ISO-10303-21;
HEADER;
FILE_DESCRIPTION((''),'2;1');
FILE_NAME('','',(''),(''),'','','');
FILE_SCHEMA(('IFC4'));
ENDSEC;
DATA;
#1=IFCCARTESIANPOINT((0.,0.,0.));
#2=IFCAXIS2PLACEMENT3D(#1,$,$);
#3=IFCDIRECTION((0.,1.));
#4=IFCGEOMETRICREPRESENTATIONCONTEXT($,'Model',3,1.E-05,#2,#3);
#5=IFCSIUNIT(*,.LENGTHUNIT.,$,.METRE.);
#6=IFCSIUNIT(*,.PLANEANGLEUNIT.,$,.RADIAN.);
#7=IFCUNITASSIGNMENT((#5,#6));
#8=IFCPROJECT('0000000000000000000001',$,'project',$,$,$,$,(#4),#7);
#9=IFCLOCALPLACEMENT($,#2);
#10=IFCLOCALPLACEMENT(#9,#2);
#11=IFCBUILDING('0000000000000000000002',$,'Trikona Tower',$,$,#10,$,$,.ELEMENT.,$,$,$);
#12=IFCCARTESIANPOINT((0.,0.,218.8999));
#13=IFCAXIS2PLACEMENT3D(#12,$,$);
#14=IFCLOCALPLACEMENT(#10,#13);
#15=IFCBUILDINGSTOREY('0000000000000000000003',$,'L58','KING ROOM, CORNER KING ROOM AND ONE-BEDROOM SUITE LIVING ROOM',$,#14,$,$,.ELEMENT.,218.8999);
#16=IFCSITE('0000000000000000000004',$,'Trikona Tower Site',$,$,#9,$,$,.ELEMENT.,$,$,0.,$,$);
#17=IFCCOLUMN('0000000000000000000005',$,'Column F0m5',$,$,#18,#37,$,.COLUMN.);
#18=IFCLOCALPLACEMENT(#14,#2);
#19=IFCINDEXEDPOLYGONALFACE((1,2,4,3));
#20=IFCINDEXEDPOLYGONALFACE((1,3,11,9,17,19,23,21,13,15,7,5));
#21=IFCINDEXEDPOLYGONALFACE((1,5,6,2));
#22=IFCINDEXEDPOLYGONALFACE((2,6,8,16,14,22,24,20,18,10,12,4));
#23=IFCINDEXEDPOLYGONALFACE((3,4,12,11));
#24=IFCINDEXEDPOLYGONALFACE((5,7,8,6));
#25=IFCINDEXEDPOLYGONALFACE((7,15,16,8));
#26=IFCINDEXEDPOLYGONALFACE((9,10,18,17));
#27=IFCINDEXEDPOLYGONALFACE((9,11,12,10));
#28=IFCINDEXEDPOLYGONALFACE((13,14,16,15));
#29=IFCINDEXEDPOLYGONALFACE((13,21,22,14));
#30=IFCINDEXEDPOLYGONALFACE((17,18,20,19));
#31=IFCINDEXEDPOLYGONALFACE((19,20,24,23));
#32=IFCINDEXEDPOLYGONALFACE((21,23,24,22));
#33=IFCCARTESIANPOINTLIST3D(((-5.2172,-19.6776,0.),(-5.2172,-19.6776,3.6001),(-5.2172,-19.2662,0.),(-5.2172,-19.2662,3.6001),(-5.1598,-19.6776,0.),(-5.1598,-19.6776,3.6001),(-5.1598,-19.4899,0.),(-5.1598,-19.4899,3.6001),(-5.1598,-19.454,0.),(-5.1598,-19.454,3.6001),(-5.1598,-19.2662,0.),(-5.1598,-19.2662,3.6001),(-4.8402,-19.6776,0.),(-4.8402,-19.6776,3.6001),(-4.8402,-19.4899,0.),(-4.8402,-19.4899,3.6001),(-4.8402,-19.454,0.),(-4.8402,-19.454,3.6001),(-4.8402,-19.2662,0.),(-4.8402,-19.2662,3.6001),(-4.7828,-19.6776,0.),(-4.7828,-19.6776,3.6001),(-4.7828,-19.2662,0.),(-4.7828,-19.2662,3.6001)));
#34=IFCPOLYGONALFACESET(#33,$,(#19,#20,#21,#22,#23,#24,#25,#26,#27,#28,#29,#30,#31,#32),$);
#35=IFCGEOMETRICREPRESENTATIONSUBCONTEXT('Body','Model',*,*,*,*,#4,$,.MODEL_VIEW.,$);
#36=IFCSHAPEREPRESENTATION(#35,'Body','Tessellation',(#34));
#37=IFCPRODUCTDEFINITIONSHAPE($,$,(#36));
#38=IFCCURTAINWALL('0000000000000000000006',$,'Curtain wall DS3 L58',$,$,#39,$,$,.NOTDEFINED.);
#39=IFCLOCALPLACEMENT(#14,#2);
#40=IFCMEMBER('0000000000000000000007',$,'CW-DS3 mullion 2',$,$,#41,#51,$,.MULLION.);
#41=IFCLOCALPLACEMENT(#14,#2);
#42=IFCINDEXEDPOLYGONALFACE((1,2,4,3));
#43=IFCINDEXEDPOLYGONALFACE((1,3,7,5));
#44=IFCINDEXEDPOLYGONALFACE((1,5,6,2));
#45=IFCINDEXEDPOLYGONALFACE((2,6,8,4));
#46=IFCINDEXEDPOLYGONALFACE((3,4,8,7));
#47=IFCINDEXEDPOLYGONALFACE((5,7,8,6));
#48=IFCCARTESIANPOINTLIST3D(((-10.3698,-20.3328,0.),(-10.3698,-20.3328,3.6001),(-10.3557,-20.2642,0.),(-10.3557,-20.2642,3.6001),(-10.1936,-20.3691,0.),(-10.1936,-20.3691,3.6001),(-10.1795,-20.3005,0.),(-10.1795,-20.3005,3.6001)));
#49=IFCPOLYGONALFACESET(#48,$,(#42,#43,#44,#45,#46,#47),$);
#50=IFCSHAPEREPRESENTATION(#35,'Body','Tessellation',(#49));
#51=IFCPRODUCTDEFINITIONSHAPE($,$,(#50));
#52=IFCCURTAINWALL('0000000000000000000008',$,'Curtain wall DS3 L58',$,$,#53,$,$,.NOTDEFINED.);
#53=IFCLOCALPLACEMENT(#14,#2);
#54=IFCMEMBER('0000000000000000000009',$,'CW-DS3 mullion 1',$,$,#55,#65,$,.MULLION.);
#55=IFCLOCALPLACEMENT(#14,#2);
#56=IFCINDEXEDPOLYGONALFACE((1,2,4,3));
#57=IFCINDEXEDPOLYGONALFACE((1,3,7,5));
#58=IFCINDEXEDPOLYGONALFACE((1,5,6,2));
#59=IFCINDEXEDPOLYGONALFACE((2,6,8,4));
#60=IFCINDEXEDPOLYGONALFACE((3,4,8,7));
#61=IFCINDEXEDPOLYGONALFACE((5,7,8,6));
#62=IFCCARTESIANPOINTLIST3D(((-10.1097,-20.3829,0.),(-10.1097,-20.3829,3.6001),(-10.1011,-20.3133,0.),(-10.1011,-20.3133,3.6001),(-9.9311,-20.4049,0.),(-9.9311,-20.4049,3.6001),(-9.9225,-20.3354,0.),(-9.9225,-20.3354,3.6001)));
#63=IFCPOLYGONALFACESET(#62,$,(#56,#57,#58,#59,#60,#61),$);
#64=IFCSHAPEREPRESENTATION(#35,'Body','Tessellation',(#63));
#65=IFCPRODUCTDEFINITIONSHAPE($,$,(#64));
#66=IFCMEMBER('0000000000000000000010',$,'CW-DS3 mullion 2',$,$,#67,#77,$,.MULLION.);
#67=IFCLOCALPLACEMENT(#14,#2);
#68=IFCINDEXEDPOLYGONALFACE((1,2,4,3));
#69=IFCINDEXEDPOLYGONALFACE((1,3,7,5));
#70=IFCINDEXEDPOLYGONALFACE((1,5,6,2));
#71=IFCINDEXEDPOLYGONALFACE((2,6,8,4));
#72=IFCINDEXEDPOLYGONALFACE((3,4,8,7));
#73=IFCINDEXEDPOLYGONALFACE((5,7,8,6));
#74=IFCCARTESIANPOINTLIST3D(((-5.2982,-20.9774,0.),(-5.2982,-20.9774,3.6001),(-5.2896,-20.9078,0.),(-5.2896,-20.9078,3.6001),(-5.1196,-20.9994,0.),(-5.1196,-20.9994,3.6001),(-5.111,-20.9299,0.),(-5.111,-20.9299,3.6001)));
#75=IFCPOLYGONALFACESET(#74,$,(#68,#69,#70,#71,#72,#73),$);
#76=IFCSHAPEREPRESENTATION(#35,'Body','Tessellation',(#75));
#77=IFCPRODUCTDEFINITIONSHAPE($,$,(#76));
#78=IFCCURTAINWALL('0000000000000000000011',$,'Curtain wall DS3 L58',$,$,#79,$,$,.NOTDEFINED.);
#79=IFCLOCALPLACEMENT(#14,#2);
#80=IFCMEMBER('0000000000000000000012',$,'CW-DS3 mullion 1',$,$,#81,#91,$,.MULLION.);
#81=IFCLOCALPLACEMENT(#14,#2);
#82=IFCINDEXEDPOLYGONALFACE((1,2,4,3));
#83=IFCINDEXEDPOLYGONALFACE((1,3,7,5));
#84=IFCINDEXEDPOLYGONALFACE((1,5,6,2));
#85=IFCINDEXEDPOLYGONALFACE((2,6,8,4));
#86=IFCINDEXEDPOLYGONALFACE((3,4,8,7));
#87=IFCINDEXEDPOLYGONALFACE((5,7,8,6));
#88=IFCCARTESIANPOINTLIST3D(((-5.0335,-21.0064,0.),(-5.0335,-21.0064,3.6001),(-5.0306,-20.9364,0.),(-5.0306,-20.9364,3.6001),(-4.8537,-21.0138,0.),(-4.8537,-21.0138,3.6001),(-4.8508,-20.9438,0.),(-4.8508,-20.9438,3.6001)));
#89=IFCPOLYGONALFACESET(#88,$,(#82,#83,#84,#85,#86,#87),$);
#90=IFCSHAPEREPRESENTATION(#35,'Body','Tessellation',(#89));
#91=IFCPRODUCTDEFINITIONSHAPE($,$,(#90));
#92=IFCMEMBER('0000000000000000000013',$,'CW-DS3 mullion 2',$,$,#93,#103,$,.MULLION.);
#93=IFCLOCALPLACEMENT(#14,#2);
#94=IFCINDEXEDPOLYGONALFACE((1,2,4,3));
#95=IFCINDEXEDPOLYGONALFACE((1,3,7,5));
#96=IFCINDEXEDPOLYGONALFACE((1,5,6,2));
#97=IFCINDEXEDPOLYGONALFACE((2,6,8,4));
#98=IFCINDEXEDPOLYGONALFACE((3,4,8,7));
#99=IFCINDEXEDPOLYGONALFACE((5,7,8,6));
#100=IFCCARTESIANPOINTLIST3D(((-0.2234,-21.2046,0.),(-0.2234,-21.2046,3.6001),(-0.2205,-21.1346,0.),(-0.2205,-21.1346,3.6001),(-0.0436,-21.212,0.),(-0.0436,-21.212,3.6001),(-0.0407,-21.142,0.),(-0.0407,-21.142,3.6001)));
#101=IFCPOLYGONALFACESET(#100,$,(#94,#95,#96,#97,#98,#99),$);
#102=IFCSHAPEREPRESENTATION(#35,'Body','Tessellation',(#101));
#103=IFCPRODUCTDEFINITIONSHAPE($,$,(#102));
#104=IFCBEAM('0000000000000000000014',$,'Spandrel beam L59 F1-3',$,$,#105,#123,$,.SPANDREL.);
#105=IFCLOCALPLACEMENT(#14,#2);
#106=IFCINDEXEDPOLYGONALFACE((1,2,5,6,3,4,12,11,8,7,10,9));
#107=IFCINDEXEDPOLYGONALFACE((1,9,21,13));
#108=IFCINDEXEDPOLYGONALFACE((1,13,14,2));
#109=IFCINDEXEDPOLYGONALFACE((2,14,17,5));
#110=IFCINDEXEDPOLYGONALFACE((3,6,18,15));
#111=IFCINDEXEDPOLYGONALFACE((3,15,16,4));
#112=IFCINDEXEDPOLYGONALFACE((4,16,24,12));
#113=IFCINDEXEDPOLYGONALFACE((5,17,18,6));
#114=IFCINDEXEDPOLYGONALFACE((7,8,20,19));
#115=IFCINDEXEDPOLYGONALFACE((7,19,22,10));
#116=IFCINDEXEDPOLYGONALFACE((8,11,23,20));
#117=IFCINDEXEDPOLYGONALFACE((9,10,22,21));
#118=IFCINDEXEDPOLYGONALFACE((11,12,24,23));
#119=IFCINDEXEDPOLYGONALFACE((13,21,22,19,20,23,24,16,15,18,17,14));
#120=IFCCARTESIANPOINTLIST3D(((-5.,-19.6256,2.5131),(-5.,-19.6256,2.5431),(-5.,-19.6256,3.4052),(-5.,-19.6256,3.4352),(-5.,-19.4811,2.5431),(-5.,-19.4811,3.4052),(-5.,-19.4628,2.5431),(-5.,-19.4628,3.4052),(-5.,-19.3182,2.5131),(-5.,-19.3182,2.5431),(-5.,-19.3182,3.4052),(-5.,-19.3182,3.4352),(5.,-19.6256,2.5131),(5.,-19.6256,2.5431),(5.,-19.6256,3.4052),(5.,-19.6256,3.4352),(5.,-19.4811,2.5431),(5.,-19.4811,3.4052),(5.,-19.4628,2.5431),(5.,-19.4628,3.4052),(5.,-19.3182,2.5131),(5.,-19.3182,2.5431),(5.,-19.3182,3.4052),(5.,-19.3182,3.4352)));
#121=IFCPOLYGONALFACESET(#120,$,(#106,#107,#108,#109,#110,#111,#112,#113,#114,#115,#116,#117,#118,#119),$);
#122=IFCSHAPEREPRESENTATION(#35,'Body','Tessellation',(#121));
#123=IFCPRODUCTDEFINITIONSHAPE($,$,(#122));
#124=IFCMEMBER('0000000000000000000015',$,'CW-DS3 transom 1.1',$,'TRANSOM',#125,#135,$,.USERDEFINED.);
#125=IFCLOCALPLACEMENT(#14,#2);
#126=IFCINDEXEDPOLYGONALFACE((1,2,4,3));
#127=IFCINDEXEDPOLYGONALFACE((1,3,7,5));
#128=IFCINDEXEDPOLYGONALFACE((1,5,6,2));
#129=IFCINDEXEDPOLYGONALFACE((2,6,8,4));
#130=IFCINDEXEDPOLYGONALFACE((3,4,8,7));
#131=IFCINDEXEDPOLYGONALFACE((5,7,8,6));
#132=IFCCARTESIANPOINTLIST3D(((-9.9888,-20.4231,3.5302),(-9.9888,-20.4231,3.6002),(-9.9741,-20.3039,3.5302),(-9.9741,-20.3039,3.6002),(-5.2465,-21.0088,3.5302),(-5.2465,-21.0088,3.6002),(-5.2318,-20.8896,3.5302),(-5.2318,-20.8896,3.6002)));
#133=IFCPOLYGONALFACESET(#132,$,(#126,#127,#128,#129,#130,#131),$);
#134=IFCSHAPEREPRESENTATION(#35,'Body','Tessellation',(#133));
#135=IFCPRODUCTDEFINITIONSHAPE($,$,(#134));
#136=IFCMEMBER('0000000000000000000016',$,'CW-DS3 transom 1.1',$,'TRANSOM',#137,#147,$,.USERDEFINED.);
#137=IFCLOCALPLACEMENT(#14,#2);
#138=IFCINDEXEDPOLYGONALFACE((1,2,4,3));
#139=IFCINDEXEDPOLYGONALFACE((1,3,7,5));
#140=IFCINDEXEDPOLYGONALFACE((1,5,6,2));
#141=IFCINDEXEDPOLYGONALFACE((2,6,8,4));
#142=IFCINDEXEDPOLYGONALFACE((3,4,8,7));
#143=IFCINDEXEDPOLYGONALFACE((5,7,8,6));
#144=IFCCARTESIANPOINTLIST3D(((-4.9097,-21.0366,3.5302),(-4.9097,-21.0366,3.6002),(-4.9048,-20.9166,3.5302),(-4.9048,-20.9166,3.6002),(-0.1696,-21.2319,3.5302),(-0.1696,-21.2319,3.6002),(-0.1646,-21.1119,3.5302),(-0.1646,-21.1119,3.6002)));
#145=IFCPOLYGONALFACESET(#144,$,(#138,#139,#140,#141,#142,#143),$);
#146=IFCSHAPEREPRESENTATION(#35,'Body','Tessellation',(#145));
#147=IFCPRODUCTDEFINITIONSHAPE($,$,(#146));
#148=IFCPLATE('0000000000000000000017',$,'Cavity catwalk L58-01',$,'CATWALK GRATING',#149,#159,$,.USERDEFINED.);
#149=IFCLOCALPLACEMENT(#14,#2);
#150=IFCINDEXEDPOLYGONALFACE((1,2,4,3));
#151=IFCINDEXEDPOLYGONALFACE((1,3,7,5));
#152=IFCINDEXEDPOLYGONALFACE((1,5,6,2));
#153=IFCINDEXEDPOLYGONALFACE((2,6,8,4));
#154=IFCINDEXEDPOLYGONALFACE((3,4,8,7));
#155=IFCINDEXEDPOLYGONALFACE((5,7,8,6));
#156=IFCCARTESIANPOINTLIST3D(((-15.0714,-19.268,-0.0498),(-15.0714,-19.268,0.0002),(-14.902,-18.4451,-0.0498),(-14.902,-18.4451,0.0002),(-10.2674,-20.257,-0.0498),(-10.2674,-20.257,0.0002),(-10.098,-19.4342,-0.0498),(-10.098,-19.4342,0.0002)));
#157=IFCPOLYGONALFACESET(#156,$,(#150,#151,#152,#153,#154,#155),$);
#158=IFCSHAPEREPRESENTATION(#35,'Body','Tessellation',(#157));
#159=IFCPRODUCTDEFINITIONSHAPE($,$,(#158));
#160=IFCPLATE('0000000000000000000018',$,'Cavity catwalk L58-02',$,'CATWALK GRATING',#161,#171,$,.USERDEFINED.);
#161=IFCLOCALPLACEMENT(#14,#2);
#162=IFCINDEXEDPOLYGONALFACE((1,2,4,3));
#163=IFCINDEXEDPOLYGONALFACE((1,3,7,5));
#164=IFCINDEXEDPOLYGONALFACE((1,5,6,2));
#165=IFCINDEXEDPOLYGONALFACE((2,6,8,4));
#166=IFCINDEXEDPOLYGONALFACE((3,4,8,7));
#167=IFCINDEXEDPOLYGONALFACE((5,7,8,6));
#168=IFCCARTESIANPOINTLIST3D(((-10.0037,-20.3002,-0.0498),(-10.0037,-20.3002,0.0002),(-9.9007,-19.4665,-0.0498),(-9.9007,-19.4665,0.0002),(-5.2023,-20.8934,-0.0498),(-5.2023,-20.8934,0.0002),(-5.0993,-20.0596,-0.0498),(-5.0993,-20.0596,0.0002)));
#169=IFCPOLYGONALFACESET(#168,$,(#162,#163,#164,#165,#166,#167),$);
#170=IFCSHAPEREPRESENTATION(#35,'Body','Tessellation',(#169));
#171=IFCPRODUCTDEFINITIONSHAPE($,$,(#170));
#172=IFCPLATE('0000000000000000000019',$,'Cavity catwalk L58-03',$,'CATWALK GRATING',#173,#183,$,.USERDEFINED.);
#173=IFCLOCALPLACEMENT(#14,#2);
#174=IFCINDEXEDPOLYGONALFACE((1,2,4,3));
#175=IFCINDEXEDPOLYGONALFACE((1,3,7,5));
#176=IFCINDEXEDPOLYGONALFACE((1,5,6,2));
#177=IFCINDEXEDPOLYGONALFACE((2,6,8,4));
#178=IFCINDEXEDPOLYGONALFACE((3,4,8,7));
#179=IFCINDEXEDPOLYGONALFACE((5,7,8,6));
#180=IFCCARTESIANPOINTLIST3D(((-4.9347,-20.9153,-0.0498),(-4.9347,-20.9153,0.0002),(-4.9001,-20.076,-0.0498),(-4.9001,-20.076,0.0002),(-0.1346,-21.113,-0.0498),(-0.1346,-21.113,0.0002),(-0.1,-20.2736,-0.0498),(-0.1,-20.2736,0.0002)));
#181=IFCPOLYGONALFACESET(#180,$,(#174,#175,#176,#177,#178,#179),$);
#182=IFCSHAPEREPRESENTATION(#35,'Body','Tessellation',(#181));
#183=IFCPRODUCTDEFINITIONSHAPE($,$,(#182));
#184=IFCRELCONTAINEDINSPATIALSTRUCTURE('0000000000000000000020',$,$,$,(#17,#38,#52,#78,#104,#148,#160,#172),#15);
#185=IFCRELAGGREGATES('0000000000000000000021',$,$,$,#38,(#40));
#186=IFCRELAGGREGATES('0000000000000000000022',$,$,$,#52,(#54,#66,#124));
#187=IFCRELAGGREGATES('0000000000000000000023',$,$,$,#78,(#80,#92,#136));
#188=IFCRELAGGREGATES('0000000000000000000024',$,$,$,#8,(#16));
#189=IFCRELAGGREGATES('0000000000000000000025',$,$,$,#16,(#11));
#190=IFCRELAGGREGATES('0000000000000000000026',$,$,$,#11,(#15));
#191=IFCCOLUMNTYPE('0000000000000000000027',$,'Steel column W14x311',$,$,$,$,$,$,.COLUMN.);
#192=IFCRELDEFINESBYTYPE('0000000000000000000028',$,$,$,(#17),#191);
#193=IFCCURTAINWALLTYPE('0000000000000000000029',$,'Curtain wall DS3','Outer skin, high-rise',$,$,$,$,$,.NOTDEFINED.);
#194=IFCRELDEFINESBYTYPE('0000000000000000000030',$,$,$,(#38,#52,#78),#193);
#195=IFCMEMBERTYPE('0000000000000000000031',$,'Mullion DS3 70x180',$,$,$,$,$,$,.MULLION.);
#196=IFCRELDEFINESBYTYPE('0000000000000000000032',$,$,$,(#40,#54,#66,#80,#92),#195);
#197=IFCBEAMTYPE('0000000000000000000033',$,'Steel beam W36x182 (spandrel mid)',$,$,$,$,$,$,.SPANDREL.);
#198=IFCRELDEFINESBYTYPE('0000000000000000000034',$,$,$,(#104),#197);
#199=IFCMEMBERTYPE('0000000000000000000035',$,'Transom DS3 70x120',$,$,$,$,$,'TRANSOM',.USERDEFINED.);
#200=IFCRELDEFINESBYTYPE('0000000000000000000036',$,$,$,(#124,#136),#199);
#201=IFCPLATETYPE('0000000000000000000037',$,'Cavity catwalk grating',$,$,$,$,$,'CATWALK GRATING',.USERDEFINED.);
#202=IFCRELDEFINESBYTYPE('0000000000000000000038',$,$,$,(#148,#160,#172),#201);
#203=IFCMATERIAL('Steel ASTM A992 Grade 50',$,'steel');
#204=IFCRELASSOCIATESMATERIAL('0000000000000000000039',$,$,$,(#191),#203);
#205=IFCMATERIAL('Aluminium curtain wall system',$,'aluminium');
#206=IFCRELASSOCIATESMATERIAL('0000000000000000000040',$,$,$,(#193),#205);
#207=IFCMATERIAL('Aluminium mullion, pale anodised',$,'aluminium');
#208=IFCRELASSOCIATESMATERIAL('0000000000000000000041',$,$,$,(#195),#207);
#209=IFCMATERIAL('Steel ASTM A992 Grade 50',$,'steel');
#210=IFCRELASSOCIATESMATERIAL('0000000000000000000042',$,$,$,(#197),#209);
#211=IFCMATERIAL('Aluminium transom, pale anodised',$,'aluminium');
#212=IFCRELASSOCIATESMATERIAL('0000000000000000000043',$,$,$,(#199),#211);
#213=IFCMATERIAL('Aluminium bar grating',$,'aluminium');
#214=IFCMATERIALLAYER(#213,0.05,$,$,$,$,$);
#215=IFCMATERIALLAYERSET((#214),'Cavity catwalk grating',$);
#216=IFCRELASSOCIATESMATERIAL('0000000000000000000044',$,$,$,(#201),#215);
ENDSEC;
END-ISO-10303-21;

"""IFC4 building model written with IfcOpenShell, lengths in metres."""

from ifc_helpers import new_model, si_unit, direction, frame, origin, origin_2d, place, context, subcontext, project, spatial, rectangle, i_section, extrude, material, layer, layer_set, material_profile, profile_set, type_object, element, aggregate, save


model = new_model("IFC4")

# Units and contexts
model_context = context("Model", 3, precision=1e-05, world=origin(), true_north=direction((0.0, 1.0)))
body_context = subcontext(model_context, "Body", "Model", "MODEL_VIEW")
ifc_project = project(units=[si_unit("LENGTHUNIT", "METRE"), si_unit("PLANEANGLEUNIT", "RADIAN")], contexts=[model_context])

# Site, building, storey
site_placement = place(None, origin())
site = spatial("IfcSite", under=ifc_project, at=site_placement, Name="Trikona Tower Site", CompositionType="ELEMENT", RefElevation=0.0)
building_placement = place(site_placement, origin())
building = spatial("IfcBuilding", under=site, at=building_placement, Name="Trikona Tower", CompositionType="ELEMENT")
storey_placement = place(building_placement, frame((0.0, 0.0, 218.8999)))
storey = spatial("IfcBuildingStorey", under=building, at=storey_placement, Name="L58", Description="KING ROOM, CORNER KING ROOM AND ONE-BEDROOM SUITE LIVING ROOM", CompositionType="ELEMENT", Elevation=218.8999)

# Column
ifc_material_1 = material(Name="Steel ASTM A992 Grade 50", Category="steel")
ifc_material_profile_1 = material_profile(ifc_material_1, i_section(OverallWidth=0.4114, OverallDepth=0.4343, WebThickness=0.0359, FlangeThickness=0.0574, at=origin_2d()), Name="W14X311")
ifc_profile_set_1 = profile_set([ifc_material_profile_1], Name="Steel ASTM A992 Grade 50")
column_type = type_object("IfcColumnType", Name="Steel column W14x311", PredefinedType="COLUMN", material=ifc_profile_set_1)
column_placement = place(storey_placement, frame((-5.0, -19.4719, 0.0), z_axis=(0.0, 0.0, 1.0), x_axis=(0.0, -1.0, 0.0)))
element("IfcColumn", 1, at=column_placement, inside=storey, type_object=column_type, Name="Column F0m5", PredefinedType="COLUMN", context=body_context, shape_type="SweptSolid", body=[
    extrude(i_section(OverallWidth=0.4114, OverallDepth=0.4343, WebThickness=0.0359, FlangeThickness=0.0574, at=origin_2d()), origin(), (0.0, 0.0, 1.0), 3.6001),
])

# Curtain wall, member
ifc_material_2 = material(Name="Aluminium curtain wall system", Category="aluminium")
curtain_wall_type = type_object("IfcCurtainWallType", Name="Curtain wall DS3", Description="Outer skin, high-rise", PredefinedType="NOTDEFINED", material=ifc_material_2)
curtain_wall_1_placement = place(storey_placement, origin())
curtain_wall_1 = element("IfcCurtainWall", 2, at=curtain_wall_1_placement, inside=storey, type_object=curtain_wall_type, Name="Curtain wall DS3 L58", PredefinedType="NOTDEFINED")
ifc_material_3 = material(Name="Aluminium mullion, pale anodised", Category="aluminium")
ifc_material_profile_2 = material_profile(ifc_material_3, rectangle(XDim=0.0701, YDim=0.1799, at=origin_2d()), Name="MUL-DS3")
ifc_profile_set_2 = profile_set([ifc_material_profile_2], Name="Aluminium mullion, pale anodised")
member_type_1 = type_object("IfcMemberType", Name="Mullion DS3 70x180", PredefinedType="MULLION", material=ifc_profile_set_2)
member_1_placement = place(storey_placement, frame((-10.2747, -20.3167, 0.0), z_axis=(0.0, 0.0, 1.0), x_axis=(0.201653, 0.979457, 0.0)))
member_1 = element("IfcMember", 3, at=member_1_placement, type_object=member_type_1, Name="CW-DS3 mullion 2", PredefinedType="MULLION", context=body_context, shape_type="SweptSolid", body=[
    extrude(rectangle(XDim=0.0701, YDim=0.1799, at=origin_2d()), origin(), (0.0, 0.0, 1.0), 3.6001),
])

# Curtain walls, members
curtain_wall_2_placement = place(storey_placement, origin())
curtain_wall_2 = element("IfcCurtainWall", 4, at=curtain_wall_2_placement, inside=storey, type_object=curtain_wall_type, Name="Curtain wall DS3 L58", PredefinedType="NOTDEFINED")
member_2_placement = place(storey_placement, frame((-10.0161, -20.3591, 0.0), z_axis=(0.0, 0.0, 1.0), x_axis=(0.122611, 0.992455, 0.0)))
member_2 = element("IfcMember", 5, at=member_2_placement, type_object=member_type_1, Name="CW-DS3 mullion 1", PredefinedType="MULLION", context=body_context, shape_type="SweptSolid", body=[
    extrude(rectangle(XDim=0.0701, YDim=0.1799, at=origin_2d()), origin(), (0.0, 0.0, 1.0), 3.6001),
])
member_3_placement = place(storey_placement, frame((-5.2046, -20.9536, 0.0), z_axis=(0.0, 0.0, 1.0), x_axis=(0.122611, 0.992455, 0.0)))
member_3 = element("IfcMember", 6, at=member_3_placement, type_object=member_type_1, Name="CW-DS3 mullion 2", PredefinedType="MULLION", context=body_context, shape_type="SweptSolid", body=[
    extrude(rectangle(XDim=0.0701, YDim=0.1799, at=origin_2d()), origin(), (0.0, 0.0, 1.0), 3.6001),
])
curtain_wall_3_placement = place(storey_placement, origin())
curtain_wall_3 = element("IfcCurtainWall", 7, at=curtain_wall_3_placement, inside=storey, type_object=curtain_wall_type, Name="Curtain wall DS3 L58", PredefinedType="NOTDEFINED")
member_4_placement = place(storey_placement, frame((-4.9421, -20.9751, 0.0), z_axis=(0.0, 0.0, 1.0), x_axis=(0.041153, 0.999153, 0.0)))
member_4 = element("IfcMember", 8, at=member_4_placement, type_object=member_type_1, Name="CW-DS3 mullion 1", PredefinedType="MULLION", context=body_context, shape_type="SweptSolid", body=[
    extrude(rectangle(XDim=0.0701, YDim=0.1799, at=origin_2d()), origin(), (0.0, 0.0, 1.0), 3.6001),
])
member_5_placement = place(storey_placement, frame((-0.1321, -21.1733, 0.0), z_axis=(0.0, 0.0, 1.0), x_axis=(0.041153, 0.999153, 0.0)))
member_5 = element("IfcMember", 9, at=member_5_placement, type_object=member_type_1, Name="CW-DS3 mullion 2", PredefinedType="MULLION", context=body_context, shape_type="SweptSolid", body=[
    extrude(rectangle(XDim=0.0701, YDim=0.1799, at=origin_2d()), origin(), (0.0, 0.0, 1.0), 3.6001),
])

# Beam
ifc_material_4 = material(Name="Steel ASTM A992 Grade 50", Category="steel")
ifc_material_profile_3 = material_profile(ifc_material_4, i_section(OverallWidth=0.3074, OverallDepth=0.9221, WebThickness=0.0183, FlangeThickness=0.03, at=origin_2d()), Name="W36X182")
ifc_profile_set_3 = profile_set([ifc_material_profile_3], Name="Steel ASTM A992 Grade 50")
beam_type = type_object("IfcBeamType", Name="Steel beam W36x182 (spandrel mid)", PredefinedType="SPANDREL", material=ifc_profile_set_3)
beam_placement = place(storey_placement, frame((-5.0, -19.4719, 2.9741), z_axis=(1.0, 0.0, 0.0), x_axis=(0.0, 1.0, 0.0)))
element("IfcBeam", 10, at=beam_placement, inside=storey, type_object=beam_type, Name="Spandrel beam L59 F1-3", PredefinedType="SPANDREL", context=body_context, shape_type="SweptSolid", body=[
    extrude(i_section(OverallWidth=0.3074, OverallDepth=0.9221, WebThickness=0.0183, FlangeThickness=0.03, at=origin_2d()), origin(), (0.0, 0.0, 1.0), 10.0),
])

# Members
ifc_material_5 = material(Name="Aluminium transom, pale anodised", Category="aluminium")
ifc_material_profile_4 = material_profile(ifc_material_5, rectangle(XDim=0.1201, YDim=0.0701, at=origin_2d()), Name="TRN-DS3")
ifc_profile_set_4 = profile_set([ifc_material_profile_4], Name="Aluminium transom, pale anodised")
member_type_2 = type_object("IfcMemberType", Name="Transom DS3 70x120", ElementType="TRANSOM", PredefinedType="USERDEFINED", material=ifc_profile_set_4)
member_6_placement = place(storey_placement, frame((-9.9814, -20.3635, 3.5652), z_axis=(0.992459, -0.122576, 0.0), x_axis=(0.122576, 0.992459, 0.0)))
member_6 = element("IfcMember", 11, at=member_6_placement, type_object=member_type_2, Name="CW-DS3 transom 1.1", ObjectType="TRANSOM", PredefinedType="USERDEFINED", context=body_context, shape_type="SweptSolid", body=[
    extrude(rectangle(XDim=0.1201, YDim=0.0701, at=origin_2d()), origin(), (0.0, 0.0, 1.0), 4.7783),
])
member_7_placement = place(storey_placement, frame((-4.9072, -20.9766, 3.5652), z_axis=(0.999152, -0.041168, 0.0), x_axis=(0.041168, 0.999152, 0.0)))
member_7 = element("IfcMember", 12, at=member_7_placement, type_object=member_type_2, Name="CW-DS3 transom 1.1", ObjectType="TRANSOM", PredefinedType="USERDEFINED", context=body_context, shape_type="SweptSolid", body=[
    extrude(rectangle(XDim=0.1201, YDim=0.0701, at=origin_2d()), origin(), (0.0, 0.0, 1.0), 4.7441),
])

# Plates
ifc_material_6 = material(Name="Aluminium bar grating", Category="aluminium")
ifc_layer_1 = layer(ifc_material_6, 0.05)
ifc_layer_set_1 = layer_set([ifc_layer_1], Name="Cavity catwalk grating")
plate_type_1 = type_object("IfcPlateType", Name="Cavity catwalk grating", ElementType="CATWALK GRATING", PredefinedType="USERDEFINED", material=ifc_layer_set_1)
plate_1_placement = place(storey_placement, frame((-12.5847, -19.3511, -0.0498), z_axis=(0.0, 0.0, 1.0), x_axis=(0.979458, -0.201651, 0.0)))
element("IfcPlate", 13, at=plate_1_placement, inside=storey, type_object=plate_type_1, Name="Cavity catwalk L58-01", ObjectType="CATWALK GRATING", PredefinedType="USERDEFINED", context=body_context, shape_type="SweptSolid", body=[
    extrude(rectangle(XDim=4.9048, YDim=0.8401, at=origin_2d()), origin(), (0.0, 0.0, 1.0), 0.05),
])
plate_2_placement = place(storey_placement, frame((-7.5515, -20.1799, -0.0498), z_axis=(0.0, 0.0, 1.0), x_axis=(0.992455, -0.122607, 0.0)))
element("IfcPlate", 14, at=plate_2_placement, inside=storey, type_object=plate_type_1, Name="Cavity catwalk L58-02", ObjectType="CATWALK GRATING", PredefinedType="USERDEFINED", context=body_context, shape_type="SweptSolid", body=[
    extrude(rectangle(XDim=4.8379, YDim=0.8401, at=origin_2d()), origin(), (0.0, 0.0, 1.0), 0.05),
])
plate_3_placement = place(storey_placement, frame((-2.5173, -20.5945, -0.0498), z_axis=(0.0, 0.0, 1.0), x_axis=(0.999153, -0.041145, 0.0)))
element("IfcPlate", 15, at=plate_3_placement, inside=storey, type_object=plate_type_1, Name="Cavity catwalk L58-03", ObjectType="CATWALK GRATING", PredefinedType="USERDEFINED", context=body_context, shape_type="SweptSolid", body=[
    extrude(rectangle(XDim=4.8042, YDim=0.8401, at=origin_2d()), origin(), (0.0, 0.0, 1.0), 0.05),
])

aggregate(curtain_wall_1, [member_1])
aggregate(curtain_wall_2, [member_2, member_3, member_6])
aggregate(curtain_wall_3, [member_4, member_5, member_7])

save(model, "model.ifc")
